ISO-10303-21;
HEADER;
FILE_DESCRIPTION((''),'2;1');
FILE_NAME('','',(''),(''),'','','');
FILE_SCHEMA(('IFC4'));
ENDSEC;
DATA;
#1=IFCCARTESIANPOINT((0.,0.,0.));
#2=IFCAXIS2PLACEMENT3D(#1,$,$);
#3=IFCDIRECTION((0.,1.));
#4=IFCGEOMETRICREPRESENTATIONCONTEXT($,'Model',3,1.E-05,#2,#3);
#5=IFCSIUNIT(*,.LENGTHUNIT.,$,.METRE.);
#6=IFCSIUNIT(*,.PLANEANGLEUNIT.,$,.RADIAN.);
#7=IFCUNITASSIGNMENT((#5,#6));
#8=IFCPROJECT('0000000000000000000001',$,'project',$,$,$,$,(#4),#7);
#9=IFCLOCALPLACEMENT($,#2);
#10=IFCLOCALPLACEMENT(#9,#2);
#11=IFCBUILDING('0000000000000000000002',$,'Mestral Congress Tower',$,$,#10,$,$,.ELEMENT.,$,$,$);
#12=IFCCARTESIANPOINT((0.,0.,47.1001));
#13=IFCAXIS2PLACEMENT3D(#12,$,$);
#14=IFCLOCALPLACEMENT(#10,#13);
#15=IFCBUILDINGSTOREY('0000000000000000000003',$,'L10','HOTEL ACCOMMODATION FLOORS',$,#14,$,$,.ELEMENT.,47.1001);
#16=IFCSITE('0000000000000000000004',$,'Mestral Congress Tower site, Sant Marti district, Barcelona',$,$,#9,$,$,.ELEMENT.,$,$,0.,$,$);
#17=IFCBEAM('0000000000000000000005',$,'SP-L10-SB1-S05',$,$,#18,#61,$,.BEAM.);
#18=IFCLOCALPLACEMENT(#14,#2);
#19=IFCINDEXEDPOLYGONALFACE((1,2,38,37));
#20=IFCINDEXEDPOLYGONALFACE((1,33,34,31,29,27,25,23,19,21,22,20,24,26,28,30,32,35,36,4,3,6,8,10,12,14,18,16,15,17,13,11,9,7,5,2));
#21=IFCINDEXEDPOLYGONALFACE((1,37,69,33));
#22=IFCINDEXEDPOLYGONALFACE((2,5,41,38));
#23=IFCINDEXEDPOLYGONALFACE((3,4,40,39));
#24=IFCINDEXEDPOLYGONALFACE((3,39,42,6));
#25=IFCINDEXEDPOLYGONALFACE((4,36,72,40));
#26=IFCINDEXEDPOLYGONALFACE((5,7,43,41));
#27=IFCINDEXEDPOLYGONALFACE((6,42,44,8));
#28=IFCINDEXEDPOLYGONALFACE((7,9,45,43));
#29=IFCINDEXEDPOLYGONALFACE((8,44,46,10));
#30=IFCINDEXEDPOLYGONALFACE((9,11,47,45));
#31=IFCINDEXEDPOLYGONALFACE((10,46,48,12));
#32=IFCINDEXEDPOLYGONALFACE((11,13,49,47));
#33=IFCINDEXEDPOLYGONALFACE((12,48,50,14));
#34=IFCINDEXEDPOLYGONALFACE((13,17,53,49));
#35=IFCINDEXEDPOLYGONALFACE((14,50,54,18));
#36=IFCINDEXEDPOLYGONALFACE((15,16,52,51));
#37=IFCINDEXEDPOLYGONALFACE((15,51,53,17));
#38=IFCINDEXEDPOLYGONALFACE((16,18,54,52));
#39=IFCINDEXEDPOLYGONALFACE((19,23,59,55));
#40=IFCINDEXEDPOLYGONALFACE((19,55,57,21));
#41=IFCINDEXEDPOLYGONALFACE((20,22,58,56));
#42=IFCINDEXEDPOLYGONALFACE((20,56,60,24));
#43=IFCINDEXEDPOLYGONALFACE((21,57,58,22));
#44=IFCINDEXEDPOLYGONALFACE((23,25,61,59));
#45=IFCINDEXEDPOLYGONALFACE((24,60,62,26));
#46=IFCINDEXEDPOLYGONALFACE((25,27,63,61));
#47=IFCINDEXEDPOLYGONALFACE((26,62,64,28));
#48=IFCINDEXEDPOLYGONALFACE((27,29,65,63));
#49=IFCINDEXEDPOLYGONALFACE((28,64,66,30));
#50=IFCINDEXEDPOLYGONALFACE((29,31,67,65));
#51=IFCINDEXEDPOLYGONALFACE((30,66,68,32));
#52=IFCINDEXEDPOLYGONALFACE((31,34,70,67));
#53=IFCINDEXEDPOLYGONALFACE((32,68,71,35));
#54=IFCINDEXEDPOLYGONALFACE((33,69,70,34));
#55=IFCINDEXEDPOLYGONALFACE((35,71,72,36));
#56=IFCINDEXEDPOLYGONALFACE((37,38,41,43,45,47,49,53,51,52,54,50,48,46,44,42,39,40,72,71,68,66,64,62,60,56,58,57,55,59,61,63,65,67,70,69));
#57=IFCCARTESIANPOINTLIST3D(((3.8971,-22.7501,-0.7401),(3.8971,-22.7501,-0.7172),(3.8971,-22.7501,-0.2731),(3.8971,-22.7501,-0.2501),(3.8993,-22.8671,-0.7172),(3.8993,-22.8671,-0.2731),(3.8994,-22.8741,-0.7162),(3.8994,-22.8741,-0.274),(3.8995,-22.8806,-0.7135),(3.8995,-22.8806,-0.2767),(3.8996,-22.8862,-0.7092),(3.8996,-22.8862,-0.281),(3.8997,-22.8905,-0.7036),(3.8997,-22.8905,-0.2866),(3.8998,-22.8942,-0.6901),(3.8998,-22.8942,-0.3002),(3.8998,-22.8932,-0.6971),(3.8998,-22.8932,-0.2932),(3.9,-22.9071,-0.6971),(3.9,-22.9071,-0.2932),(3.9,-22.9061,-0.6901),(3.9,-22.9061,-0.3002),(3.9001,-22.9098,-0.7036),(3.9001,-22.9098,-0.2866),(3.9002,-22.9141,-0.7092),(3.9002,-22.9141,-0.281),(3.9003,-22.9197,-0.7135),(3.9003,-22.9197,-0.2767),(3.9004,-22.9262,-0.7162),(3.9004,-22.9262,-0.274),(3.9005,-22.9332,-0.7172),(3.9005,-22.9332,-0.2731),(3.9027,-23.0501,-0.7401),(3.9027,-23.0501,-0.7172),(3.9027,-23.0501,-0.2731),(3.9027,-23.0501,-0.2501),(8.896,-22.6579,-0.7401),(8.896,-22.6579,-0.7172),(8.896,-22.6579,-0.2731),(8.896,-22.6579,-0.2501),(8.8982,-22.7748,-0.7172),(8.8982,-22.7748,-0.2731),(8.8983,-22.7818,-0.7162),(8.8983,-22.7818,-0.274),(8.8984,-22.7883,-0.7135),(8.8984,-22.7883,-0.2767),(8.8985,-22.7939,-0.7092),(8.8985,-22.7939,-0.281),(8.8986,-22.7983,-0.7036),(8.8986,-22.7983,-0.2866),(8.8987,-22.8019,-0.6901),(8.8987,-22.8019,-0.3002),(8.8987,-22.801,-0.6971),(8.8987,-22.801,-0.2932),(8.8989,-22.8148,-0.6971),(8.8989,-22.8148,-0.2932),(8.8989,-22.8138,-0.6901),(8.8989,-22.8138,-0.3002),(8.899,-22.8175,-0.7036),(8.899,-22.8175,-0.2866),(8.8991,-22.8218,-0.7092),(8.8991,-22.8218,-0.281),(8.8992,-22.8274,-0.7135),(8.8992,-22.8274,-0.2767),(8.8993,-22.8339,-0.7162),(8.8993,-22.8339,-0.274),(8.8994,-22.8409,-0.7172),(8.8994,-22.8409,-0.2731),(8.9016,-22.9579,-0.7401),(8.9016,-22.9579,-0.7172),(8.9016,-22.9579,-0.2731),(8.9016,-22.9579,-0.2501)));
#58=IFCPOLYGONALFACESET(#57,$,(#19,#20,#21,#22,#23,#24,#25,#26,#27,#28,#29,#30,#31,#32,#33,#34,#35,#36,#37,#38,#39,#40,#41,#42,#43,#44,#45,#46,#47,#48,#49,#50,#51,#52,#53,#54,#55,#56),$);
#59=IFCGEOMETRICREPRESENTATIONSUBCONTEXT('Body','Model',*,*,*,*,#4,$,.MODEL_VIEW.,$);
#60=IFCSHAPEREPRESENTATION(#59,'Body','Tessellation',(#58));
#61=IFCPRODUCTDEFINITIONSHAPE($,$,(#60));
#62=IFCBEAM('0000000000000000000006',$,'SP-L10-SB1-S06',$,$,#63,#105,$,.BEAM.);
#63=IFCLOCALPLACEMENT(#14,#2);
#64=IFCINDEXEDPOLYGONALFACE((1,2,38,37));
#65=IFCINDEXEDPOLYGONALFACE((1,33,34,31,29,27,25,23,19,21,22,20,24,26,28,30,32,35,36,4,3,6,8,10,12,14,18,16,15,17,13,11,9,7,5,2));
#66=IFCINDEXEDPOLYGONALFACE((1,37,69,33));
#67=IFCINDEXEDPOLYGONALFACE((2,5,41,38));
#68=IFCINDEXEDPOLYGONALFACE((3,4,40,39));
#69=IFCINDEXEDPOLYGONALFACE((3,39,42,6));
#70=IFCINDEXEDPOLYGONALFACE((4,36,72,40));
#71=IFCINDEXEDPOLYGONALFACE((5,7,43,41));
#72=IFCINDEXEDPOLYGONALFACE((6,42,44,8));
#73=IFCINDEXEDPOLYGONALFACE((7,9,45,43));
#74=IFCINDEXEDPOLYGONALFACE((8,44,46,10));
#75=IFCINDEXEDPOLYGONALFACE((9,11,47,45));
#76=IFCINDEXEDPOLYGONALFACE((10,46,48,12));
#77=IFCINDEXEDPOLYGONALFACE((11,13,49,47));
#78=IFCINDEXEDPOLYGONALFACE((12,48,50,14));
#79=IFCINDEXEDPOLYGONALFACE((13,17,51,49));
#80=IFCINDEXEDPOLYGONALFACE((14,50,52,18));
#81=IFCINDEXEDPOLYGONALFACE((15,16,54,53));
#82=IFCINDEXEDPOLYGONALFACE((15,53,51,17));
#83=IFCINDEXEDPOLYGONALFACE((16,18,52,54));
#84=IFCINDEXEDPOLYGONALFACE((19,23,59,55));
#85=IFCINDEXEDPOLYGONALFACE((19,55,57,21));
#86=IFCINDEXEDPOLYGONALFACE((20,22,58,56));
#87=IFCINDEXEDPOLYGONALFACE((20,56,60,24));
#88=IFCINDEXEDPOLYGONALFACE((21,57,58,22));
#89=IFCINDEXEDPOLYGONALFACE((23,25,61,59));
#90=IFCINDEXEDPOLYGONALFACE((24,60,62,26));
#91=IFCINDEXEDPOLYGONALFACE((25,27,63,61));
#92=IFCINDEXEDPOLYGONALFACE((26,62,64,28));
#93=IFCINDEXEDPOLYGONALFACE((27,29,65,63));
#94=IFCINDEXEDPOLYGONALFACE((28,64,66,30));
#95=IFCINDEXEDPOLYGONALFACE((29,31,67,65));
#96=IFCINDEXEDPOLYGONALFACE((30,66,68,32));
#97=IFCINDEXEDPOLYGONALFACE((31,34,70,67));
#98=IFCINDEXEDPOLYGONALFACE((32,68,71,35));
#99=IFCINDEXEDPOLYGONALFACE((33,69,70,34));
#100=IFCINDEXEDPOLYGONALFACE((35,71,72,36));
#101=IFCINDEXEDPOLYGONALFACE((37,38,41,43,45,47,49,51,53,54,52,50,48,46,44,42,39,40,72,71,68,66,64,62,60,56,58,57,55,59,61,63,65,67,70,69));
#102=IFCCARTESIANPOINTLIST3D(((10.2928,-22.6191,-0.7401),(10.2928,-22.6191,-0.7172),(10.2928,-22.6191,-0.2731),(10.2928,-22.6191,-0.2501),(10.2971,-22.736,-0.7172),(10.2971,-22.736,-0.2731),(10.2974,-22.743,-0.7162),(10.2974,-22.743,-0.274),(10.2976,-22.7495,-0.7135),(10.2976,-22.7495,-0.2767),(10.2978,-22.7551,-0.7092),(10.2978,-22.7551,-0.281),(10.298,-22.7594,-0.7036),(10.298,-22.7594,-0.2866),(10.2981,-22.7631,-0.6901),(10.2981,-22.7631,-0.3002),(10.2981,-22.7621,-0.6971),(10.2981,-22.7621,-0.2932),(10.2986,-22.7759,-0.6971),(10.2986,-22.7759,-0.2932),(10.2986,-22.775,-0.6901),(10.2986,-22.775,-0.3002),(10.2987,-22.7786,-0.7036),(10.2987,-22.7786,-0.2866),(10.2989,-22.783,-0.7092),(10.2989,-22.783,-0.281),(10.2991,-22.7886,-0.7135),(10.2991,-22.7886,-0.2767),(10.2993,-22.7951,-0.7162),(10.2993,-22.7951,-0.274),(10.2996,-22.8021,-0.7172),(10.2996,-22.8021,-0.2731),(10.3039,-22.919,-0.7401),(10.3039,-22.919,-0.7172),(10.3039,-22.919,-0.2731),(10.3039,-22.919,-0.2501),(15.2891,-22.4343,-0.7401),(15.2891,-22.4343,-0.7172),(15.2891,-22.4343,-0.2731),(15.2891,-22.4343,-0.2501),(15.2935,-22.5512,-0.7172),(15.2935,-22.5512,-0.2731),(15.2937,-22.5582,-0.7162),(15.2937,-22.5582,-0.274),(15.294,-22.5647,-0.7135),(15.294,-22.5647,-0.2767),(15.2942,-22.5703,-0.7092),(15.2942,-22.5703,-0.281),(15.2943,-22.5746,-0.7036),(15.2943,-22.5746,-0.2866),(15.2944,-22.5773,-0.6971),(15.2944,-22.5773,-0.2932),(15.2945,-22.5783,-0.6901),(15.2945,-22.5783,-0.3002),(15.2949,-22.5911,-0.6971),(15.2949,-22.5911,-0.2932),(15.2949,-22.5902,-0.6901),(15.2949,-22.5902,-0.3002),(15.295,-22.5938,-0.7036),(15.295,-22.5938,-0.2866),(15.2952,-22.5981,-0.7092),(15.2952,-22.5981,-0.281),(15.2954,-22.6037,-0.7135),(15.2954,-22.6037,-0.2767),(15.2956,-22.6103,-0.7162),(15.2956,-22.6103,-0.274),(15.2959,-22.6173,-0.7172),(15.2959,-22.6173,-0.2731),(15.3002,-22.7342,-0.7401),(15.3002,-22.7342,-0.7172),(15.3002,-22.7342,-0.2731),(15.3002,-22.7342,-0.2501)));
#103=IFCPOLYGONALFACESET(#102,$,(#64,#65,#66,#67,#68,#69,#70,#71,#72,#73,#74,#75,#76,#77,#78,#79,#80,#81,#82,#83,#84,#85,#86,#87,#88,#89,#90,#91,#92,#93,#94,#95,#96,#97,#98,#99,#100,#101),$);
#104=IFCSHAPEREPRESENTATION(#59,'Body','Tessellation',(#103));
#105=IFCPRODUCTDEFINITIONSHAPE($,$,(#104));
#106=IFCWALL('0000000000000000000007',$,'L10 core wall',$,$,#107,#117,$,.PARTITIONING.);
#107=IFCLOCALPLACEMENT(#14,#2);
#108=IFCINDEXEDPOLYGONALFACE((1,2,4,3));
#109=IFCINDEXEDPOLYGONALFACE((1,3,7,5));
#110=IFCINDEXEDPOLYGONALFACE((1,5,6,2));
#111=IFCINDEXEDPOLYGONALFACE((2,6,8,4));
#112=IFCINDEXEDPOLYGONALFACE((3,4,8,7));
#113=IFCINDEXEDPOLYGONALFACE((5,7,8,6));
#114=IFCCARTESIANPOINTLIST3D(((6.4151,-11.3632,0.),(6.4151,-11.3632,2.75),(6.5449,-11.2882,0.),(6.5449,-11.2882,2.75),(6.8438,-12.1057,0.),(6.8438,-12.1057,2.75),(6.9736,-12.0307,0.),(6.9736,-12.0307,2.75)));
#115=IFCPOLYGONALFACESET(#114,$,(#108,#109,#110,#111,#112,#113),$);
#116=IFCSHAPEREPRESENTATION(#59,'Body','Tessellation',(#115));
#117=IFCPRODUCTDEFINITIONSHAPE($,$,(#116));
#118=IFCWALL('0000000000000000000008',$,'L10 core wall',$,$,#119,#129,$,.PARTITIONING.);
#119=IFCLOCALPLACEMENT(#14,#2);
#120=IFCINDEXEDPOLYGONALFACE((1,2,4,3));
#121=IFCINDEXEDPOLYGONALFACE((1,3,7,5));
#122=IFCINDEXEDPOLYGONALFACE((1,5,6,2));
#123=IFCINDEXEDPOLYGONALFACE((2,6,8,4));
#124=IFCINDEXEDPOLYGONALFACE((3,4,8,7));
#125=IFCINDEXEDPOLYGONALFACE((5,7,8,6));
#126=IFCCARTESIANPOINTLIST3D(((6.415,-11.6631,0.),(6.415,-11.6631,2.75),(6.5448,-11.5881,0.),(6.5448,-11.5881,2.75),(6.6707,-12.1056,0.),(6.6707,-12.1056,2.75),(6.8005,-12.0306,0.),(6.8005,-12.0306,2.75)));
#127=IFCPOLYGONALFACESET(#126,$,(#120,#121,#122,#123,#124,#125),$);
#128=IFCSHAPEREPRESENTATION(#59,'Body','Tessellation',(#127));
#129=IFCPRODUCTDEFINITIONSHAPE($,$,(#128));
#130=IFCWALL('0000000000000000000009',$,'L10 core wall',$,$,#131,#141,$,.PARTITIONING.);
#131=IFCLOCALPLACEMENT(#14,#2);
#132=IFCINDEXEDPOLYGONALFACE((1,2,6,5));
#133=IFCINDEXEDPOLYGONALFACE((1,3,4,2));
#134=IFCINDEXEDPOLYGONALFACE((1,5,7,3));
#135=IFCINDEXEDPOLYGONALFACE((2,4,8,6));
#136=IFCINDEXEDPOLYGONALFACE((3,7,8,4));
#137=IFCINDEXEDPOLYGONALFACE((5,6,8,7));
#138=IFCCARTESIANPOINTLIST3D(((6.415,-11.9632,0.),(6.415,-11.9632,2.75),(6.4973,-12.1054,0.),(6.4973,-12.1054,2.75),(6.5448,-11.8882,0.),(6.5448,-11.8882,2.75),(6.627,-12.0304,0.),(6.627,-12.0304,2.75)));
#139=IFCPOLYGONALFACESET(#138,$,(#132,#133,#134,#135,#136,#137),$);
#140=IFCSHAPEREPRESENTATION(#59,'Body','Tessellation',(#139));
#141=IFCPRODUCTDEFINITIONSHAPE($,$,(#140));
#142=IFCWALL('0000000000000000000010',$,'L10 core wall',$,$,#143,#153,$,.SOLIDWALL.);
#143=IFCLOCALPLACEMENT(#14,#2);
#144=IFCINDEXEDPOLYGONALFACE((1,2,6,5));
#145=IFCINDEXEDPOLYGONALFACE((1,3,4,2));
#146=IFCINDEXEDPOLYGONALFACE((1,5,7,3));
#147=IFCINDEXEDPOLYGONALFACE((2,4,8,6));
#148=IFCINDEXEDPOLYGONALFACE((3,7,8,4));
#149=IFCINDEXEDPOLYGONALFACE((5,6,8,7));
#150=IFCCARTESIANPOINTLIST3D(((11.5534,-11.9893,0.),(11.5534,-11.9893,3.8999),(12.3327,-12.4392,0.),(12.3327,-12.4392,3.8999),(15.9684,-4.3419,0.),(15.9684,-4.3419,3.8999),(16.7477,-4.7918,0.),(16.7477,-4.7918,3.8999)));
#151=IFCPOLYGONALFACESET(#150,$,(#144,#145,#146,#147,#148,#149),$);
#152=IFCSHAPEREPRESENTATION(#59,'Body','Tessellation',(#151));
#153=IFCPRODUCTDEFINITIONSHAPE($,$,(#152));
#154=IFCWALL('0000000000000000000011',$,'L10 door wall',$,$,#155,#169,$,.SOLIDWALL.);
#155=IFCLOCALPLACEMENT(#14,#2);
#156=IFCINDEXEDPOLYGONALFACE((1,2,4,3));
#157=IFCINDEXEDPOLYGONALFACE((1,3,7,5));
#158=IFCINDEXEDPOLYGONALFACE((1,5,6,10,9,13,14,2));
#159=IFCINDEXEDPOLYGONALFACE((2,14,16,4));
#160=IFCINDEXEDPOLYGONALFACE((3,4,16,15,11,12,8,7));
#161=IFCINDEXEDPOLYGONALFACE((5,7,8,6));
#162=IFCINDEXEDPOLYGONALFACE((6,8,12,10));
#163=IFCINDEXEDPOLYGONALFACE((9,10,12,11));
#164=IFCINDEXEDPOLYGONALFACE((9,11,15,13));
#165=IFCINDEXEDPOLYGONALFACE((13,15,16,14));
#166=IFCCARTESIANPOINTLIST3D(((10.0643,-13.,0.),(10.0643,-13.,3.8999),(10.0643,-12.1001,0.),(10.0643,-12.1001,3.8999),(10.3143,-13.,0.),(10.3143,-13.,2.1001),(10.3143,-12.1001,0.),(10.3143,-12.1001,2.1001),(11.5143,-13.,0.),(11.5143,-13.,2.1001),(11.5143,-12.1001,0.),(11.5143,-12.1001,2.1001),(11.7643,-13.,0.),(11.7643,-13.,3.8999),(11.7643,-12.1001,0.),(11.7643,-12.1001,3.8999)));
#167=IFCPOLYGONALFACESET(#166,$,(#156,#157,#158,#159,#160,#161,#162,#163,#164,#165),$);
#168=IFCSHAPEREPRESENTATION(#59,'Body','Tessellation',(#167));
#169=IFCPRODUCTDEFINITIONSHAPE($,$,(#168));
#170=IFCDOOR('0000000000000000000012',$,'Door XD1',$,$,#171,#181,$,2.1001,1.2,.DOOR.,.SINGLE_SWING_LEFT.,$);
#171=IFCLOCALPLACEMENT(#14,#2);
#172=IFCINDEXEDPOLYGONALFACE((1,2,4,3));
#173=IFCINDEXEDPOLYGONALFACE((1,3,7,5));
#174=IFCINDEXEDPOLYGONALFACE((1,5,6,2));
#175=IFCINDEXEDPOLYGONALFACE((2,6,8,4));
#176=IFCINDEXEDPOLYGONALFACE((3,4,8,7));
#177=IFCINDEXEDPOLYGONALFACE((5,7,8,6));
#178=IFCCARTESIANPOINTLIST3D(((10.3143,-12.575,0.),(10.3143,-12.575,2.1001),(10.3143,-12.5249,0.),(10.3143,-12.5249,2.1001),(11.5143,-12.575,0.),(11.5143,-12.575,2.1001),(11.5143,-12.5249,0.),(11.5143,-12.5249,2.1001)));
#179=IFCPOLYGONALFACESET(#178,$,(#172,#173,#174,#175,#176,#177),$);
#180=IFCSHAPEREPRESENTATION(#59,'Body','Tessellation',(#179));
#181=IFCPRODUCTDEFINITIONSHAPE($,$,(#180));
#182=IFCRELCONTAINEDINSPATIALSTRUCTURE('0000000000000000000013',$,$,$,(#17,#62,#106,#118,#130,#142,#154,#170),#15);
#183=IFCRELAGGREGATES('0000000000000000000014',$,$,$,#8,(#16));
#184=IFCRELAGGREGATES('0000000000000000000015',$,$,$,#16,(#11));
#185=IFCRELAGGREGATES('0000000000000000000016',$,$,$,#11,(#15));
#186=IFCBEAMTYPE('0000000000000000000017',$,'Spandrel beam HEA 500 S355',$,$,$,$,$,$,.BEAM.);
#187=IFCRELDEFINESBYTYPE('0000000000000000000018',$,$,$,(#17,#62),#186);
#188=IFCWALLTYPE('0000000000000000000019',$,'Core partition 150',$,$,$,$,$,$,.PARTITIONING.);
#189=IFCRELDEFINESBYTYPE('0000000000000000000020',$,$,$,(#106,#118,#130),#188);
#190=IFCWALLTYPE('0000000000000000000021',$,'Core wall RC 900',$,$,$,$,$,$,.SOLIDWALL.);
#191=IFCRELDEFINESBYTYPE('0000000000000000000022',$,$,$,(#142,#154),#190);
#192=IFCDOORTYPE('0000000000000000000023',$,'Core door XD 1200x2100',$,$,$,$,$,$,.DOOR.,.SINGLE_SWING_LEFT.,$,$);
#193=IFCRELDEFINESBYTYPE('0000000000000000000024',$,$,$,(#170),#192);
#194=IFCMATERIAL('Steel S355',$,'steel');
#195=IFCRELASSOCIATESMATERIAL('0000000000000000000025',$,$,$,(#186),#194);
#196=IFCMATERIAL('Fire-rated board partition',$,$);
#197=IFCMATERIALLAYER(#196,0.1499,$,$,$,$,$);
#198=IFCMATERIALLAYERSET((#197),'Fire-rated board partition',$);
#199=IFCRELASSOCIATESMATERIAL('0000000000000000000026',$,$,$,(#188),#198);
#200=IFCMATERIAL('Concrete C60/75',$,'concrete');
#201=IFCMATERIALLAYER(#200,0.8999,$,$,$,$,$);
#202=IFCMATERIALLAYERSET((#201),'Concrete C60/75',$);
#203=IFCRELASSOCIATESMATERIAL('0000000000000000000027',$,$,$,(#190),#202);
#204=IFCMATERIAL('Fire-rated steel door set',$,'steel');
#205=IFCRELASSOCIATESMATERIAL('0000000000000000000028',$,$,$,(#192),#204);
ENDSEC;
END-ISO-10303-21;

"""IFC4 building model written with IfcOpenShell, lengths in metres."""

from ifc_helpers import new_model, si_unit, direction, frame, frame_2d, origin, origin_2d, place, context, subcontext, project, spatial, rectangle, i_section, extrude, material, layer, layer_set, material_profile, profile_set, type_object, element, fill, save


model = new_model("IFC4")

# Units and contexts
model_context = context("Model", 3, precision=1e-05, world=origin(), true_north=direction((0.0, 1.0)))
body_context = subcontext(model_context, "Body", "Model", "MODEL_VIEW")
ifc_project = project(units=[si_unit("LENGTHUNIT", "METRE"), si_unit("PLANEANGLEUNIT", "RADIAN")], contexts=[model_context])

# Site, building, storey
site_placement = place(None, origin())
site = spatial("IfcSite", under=ifc_project, at=site_placement, Name="Mestral Congress Tower site, Sant Marti district, Barcelona", CompositionType="ELEMENT", RefElevation=0.0)
building_placement = place(site_placement, origin())
building = spatial("IfcBuilding", under=site, at=building_placement, Name="Mestral Congress Tower", CompositionType="ELEMENT")
storey_placement = place(building_placement, frame((0.0, 0.0, 47.1001)))
storey = spatial("IfcBuildingStorey", under=building, at=storey_placement, Name="L10", Description="HOTEL ACCOMMODATION FLOORS", CompositionType="ELEMENT", Elevation=47.1001)

# Beams
ifc_material_1 = material(Name="Steel S355", Category="steel")
ifc_material_profile_1 = material_profile(ifc_material_1, i_section(OverallWidth=0.3, OverallDepth=0.49, WebThickness=0.012, FlangeThickness=0.0229, FilletRadius=0.0271, at=origin_2d()), Name="HEA 500")
ifc_profile_set_1 = profile_set([ifc_material_profile_1], Name="Steel S355")
beam_type_1 = type_object("IfcBeamType", Name="Spandrel beam HEA 500 S355", PredefinedType="BEAM", material=ifc_profile_set_1)
for number, where, z_axis, x_axis, name in (
    (1, (3.8999, -22.9001, -0.4951), (0.99983, 0.018457, 0.0), (-0.018457, 0.99983, 0.0), "SP-L10-SB1-S05"),
    (2, (10.2983, -22.769, -0.4951), (0.999317, 0.036965, 0.0), (-0.036965, 0.999317, 0.0), "SP-L10-SB1-S06"),
):
    element("IfcBeam", number, at=place(storey_placement, frame(where, z_axis=z_axis, x_axis=x_axis)), inside=storey, type_object=beam_type_1, Name=name, PredefinedType="BEAM", context=body_context, shape_type="SweptSolid", body=[
        extrude(i_section(OverallWidth=0.3, OverallDepth=0.49, WebThickness=0.012, FlangeThickness=0.0229, FilletRadius=0.0271, at=origin_2d()), origin(), (0.0, 0.0, 1.0), 4.9998),
    ])

# Walls
ifc_material_2 = material(Name="Fire-rated board partition")
ifc_layer_1 = layer(ifc_material_2, 0.1499)
ifc_layer_set_1 = layer_set([ifc_layer_1], Name="Fire-rated board partition")
wall_type_1 = type_object("IfcWallType", Name="Core partition 150", PredefinedType="PARTITIONING", material=ifc_layer_set_1)
wall_1_placement = place(storey_placement, frame((6.48, -11.3257, 0.0), z_axis=(0.0, 0.0, 1.0), x_axis=(0.500059, -0.865991, 0.0)))
element("IfcWall", 3, at=wall_1_placement, inside=storey, type_object=wall_type_1, Name="L10 core wall", PredefinedType="PARTITIONING", context=body_context, shape_type="SweptSolid", body=[
    extrude(rectangle(XDim=0.8574, YDim=0.1499, at=frame_2d((0.4287, 0.0))), origin(), (0.0, 0.0, 1.0), 2.75),
])
wall_2_placement = place(storey_placement, frame((6.48, -11.6257, 0.0), z_axis=(0.0, 0.0, 1.0), x_axis=(0.500301, -0.865851, 0.0)))
element("IfcWall", 4, at=wall_2_placement, inside=storey, type_object=wall_type_1, Name="L10 core wall", PredefinedType="PARTITIONING", context=body_context, shape_type="SweptSolid", body=[
    extrude(rectangle(XDim=0.511, YDim=0.1499, at=frame_2d((0.2554, 0.0))), origin(), (0.0, 0.0, 1.0), 2.75),
])
wall_3_placement = place(storey_placement, frame((6.48, -11.9258, 0.0), z_axis=(0.0, 0.0, 1.0), x_axis=(0.500451, -0.865765, 0.0)))
element("IfcWall", 5, at=wall_3_placement, inside=storey, type_object=wall_type_1, Name="L10 core wall", PredefinedType="PARTITIONING", context=body_context, shape_type="SweptSolid", body=[
    extrude(rectangle(XDim=0.1643, YDim=0.1499, at=frame_2d((0.082, 0.0))), origin(), (0.0, 0.0, 1.0), 2.75),
])
ifc_material_3 = material(Name="Concrete C60/75", Category="concrete")
ifc_layer_2 = layer(ifc_material_3, 0.8999)
ifc_layer_set_2 = layer_set([ifc_layer_2], Name="Concrete C60/75")
wall_type_2 = type_object("IfcWallType", Name="Core wall RC 900", PredefinedType="SOLIDWALL", material=ifc_layer_set_2)
wall_4_placement = place(storey_placement, frame((11.9431, -12.2141, 0.0), z_axis=(0.0, 0.0, 1.0), x_axis=(0.499981, 0.866036, 0.0)))
element("IfcWall", 6, at=wall_4_placement, inside=storey, type_object=wall_type_2, Name="L10 core wall", PredefinedType="SOLIDWALL", context=body_context, shape_type="SweptSolid", body=[
    extrude(rectangle(XDim=8.8303, YDim=0.8999, at=frame_2d((4.415, 0.0))), origin(), (0.0, 0.0, 1.0), 3.8999),
])

# Wall, opening, door
wall_5_placement = place(storey_placement, frame((11.7644, -12.55, 0.0), z_axis=(0.0, 0.0, 1.0), x_axis=(-1.0, 0.0, 0.0)))
wall_5 = element("IfcWall", 7, at=wall_5_placement, inside=storey, type_object=wall_type_2, Name="L10 door wall", PredefinedType="SOLIDWALL", context=body_context, shape_type="SweptSolid", body=[
    extrude(rectangle(XDim=1.7, YDim=0.8999, at=frame_2d((0.8501, 0.0))), origin(), (0.0, 0.0, 1.0), 3.8999),
])
opening_1_placement = place(wall_5_placement, frame((0.25, 0.0, 0.0)))
opening_1 = element("IfcOpeningElement", 8, at=opening_1_placement, cuts=wall_5, PredefinedType="OPENING", context=body_context, shape_type="SweptSolid", body=[
    extrude(rectangle(XDim=1.2, YDim=2.1001, at=frame_2d((0.6001, 1.05))), frame((0.0, 0.46, 0.0), z_axis=(0.0, -1.0, 0.0), x_axis=(1.0, 0.0, 0.0)), (0.0, 0.0, 1.0), 0.9199),
])
ifc_material_4 = material(Name="Fire-rated steel door set", Category="steel")
door_type_1 = type_object("IfcDoorType", Name="Core door XD 1200x2100", OperationType="SINGLE_SWING_LEFT", PredefinedType="DOOR", material=ifc_material_4)
door_1_placement = place(opening_1_placement, origin())
door_1 = element("IfcDoor", 9, at=door_1_placement, inside=storey, type_object=door_type_1, Name="Door XD1", OperationType="SINGLE_SWING_LEFT", OverallHeight=2.1001, OverallWidth=1.2, PredefinedType="DOOR", context=body_context, shape_type="SweptSolid", body=[
    extrude(rectangle(XDim=1.2, YDim=2.1001, at=frame_2d((0.6001, 1.05))), frame((0.0, 0.0249, 0.0), z_axis=(0.0, -1.0, 0.0), x_axis=(1.0, 0.0, 0.0)), (0.0, 0.0, 1.0), 0.05),
])
fill(opening_1, door_1)

save(model, "model.ifc")
